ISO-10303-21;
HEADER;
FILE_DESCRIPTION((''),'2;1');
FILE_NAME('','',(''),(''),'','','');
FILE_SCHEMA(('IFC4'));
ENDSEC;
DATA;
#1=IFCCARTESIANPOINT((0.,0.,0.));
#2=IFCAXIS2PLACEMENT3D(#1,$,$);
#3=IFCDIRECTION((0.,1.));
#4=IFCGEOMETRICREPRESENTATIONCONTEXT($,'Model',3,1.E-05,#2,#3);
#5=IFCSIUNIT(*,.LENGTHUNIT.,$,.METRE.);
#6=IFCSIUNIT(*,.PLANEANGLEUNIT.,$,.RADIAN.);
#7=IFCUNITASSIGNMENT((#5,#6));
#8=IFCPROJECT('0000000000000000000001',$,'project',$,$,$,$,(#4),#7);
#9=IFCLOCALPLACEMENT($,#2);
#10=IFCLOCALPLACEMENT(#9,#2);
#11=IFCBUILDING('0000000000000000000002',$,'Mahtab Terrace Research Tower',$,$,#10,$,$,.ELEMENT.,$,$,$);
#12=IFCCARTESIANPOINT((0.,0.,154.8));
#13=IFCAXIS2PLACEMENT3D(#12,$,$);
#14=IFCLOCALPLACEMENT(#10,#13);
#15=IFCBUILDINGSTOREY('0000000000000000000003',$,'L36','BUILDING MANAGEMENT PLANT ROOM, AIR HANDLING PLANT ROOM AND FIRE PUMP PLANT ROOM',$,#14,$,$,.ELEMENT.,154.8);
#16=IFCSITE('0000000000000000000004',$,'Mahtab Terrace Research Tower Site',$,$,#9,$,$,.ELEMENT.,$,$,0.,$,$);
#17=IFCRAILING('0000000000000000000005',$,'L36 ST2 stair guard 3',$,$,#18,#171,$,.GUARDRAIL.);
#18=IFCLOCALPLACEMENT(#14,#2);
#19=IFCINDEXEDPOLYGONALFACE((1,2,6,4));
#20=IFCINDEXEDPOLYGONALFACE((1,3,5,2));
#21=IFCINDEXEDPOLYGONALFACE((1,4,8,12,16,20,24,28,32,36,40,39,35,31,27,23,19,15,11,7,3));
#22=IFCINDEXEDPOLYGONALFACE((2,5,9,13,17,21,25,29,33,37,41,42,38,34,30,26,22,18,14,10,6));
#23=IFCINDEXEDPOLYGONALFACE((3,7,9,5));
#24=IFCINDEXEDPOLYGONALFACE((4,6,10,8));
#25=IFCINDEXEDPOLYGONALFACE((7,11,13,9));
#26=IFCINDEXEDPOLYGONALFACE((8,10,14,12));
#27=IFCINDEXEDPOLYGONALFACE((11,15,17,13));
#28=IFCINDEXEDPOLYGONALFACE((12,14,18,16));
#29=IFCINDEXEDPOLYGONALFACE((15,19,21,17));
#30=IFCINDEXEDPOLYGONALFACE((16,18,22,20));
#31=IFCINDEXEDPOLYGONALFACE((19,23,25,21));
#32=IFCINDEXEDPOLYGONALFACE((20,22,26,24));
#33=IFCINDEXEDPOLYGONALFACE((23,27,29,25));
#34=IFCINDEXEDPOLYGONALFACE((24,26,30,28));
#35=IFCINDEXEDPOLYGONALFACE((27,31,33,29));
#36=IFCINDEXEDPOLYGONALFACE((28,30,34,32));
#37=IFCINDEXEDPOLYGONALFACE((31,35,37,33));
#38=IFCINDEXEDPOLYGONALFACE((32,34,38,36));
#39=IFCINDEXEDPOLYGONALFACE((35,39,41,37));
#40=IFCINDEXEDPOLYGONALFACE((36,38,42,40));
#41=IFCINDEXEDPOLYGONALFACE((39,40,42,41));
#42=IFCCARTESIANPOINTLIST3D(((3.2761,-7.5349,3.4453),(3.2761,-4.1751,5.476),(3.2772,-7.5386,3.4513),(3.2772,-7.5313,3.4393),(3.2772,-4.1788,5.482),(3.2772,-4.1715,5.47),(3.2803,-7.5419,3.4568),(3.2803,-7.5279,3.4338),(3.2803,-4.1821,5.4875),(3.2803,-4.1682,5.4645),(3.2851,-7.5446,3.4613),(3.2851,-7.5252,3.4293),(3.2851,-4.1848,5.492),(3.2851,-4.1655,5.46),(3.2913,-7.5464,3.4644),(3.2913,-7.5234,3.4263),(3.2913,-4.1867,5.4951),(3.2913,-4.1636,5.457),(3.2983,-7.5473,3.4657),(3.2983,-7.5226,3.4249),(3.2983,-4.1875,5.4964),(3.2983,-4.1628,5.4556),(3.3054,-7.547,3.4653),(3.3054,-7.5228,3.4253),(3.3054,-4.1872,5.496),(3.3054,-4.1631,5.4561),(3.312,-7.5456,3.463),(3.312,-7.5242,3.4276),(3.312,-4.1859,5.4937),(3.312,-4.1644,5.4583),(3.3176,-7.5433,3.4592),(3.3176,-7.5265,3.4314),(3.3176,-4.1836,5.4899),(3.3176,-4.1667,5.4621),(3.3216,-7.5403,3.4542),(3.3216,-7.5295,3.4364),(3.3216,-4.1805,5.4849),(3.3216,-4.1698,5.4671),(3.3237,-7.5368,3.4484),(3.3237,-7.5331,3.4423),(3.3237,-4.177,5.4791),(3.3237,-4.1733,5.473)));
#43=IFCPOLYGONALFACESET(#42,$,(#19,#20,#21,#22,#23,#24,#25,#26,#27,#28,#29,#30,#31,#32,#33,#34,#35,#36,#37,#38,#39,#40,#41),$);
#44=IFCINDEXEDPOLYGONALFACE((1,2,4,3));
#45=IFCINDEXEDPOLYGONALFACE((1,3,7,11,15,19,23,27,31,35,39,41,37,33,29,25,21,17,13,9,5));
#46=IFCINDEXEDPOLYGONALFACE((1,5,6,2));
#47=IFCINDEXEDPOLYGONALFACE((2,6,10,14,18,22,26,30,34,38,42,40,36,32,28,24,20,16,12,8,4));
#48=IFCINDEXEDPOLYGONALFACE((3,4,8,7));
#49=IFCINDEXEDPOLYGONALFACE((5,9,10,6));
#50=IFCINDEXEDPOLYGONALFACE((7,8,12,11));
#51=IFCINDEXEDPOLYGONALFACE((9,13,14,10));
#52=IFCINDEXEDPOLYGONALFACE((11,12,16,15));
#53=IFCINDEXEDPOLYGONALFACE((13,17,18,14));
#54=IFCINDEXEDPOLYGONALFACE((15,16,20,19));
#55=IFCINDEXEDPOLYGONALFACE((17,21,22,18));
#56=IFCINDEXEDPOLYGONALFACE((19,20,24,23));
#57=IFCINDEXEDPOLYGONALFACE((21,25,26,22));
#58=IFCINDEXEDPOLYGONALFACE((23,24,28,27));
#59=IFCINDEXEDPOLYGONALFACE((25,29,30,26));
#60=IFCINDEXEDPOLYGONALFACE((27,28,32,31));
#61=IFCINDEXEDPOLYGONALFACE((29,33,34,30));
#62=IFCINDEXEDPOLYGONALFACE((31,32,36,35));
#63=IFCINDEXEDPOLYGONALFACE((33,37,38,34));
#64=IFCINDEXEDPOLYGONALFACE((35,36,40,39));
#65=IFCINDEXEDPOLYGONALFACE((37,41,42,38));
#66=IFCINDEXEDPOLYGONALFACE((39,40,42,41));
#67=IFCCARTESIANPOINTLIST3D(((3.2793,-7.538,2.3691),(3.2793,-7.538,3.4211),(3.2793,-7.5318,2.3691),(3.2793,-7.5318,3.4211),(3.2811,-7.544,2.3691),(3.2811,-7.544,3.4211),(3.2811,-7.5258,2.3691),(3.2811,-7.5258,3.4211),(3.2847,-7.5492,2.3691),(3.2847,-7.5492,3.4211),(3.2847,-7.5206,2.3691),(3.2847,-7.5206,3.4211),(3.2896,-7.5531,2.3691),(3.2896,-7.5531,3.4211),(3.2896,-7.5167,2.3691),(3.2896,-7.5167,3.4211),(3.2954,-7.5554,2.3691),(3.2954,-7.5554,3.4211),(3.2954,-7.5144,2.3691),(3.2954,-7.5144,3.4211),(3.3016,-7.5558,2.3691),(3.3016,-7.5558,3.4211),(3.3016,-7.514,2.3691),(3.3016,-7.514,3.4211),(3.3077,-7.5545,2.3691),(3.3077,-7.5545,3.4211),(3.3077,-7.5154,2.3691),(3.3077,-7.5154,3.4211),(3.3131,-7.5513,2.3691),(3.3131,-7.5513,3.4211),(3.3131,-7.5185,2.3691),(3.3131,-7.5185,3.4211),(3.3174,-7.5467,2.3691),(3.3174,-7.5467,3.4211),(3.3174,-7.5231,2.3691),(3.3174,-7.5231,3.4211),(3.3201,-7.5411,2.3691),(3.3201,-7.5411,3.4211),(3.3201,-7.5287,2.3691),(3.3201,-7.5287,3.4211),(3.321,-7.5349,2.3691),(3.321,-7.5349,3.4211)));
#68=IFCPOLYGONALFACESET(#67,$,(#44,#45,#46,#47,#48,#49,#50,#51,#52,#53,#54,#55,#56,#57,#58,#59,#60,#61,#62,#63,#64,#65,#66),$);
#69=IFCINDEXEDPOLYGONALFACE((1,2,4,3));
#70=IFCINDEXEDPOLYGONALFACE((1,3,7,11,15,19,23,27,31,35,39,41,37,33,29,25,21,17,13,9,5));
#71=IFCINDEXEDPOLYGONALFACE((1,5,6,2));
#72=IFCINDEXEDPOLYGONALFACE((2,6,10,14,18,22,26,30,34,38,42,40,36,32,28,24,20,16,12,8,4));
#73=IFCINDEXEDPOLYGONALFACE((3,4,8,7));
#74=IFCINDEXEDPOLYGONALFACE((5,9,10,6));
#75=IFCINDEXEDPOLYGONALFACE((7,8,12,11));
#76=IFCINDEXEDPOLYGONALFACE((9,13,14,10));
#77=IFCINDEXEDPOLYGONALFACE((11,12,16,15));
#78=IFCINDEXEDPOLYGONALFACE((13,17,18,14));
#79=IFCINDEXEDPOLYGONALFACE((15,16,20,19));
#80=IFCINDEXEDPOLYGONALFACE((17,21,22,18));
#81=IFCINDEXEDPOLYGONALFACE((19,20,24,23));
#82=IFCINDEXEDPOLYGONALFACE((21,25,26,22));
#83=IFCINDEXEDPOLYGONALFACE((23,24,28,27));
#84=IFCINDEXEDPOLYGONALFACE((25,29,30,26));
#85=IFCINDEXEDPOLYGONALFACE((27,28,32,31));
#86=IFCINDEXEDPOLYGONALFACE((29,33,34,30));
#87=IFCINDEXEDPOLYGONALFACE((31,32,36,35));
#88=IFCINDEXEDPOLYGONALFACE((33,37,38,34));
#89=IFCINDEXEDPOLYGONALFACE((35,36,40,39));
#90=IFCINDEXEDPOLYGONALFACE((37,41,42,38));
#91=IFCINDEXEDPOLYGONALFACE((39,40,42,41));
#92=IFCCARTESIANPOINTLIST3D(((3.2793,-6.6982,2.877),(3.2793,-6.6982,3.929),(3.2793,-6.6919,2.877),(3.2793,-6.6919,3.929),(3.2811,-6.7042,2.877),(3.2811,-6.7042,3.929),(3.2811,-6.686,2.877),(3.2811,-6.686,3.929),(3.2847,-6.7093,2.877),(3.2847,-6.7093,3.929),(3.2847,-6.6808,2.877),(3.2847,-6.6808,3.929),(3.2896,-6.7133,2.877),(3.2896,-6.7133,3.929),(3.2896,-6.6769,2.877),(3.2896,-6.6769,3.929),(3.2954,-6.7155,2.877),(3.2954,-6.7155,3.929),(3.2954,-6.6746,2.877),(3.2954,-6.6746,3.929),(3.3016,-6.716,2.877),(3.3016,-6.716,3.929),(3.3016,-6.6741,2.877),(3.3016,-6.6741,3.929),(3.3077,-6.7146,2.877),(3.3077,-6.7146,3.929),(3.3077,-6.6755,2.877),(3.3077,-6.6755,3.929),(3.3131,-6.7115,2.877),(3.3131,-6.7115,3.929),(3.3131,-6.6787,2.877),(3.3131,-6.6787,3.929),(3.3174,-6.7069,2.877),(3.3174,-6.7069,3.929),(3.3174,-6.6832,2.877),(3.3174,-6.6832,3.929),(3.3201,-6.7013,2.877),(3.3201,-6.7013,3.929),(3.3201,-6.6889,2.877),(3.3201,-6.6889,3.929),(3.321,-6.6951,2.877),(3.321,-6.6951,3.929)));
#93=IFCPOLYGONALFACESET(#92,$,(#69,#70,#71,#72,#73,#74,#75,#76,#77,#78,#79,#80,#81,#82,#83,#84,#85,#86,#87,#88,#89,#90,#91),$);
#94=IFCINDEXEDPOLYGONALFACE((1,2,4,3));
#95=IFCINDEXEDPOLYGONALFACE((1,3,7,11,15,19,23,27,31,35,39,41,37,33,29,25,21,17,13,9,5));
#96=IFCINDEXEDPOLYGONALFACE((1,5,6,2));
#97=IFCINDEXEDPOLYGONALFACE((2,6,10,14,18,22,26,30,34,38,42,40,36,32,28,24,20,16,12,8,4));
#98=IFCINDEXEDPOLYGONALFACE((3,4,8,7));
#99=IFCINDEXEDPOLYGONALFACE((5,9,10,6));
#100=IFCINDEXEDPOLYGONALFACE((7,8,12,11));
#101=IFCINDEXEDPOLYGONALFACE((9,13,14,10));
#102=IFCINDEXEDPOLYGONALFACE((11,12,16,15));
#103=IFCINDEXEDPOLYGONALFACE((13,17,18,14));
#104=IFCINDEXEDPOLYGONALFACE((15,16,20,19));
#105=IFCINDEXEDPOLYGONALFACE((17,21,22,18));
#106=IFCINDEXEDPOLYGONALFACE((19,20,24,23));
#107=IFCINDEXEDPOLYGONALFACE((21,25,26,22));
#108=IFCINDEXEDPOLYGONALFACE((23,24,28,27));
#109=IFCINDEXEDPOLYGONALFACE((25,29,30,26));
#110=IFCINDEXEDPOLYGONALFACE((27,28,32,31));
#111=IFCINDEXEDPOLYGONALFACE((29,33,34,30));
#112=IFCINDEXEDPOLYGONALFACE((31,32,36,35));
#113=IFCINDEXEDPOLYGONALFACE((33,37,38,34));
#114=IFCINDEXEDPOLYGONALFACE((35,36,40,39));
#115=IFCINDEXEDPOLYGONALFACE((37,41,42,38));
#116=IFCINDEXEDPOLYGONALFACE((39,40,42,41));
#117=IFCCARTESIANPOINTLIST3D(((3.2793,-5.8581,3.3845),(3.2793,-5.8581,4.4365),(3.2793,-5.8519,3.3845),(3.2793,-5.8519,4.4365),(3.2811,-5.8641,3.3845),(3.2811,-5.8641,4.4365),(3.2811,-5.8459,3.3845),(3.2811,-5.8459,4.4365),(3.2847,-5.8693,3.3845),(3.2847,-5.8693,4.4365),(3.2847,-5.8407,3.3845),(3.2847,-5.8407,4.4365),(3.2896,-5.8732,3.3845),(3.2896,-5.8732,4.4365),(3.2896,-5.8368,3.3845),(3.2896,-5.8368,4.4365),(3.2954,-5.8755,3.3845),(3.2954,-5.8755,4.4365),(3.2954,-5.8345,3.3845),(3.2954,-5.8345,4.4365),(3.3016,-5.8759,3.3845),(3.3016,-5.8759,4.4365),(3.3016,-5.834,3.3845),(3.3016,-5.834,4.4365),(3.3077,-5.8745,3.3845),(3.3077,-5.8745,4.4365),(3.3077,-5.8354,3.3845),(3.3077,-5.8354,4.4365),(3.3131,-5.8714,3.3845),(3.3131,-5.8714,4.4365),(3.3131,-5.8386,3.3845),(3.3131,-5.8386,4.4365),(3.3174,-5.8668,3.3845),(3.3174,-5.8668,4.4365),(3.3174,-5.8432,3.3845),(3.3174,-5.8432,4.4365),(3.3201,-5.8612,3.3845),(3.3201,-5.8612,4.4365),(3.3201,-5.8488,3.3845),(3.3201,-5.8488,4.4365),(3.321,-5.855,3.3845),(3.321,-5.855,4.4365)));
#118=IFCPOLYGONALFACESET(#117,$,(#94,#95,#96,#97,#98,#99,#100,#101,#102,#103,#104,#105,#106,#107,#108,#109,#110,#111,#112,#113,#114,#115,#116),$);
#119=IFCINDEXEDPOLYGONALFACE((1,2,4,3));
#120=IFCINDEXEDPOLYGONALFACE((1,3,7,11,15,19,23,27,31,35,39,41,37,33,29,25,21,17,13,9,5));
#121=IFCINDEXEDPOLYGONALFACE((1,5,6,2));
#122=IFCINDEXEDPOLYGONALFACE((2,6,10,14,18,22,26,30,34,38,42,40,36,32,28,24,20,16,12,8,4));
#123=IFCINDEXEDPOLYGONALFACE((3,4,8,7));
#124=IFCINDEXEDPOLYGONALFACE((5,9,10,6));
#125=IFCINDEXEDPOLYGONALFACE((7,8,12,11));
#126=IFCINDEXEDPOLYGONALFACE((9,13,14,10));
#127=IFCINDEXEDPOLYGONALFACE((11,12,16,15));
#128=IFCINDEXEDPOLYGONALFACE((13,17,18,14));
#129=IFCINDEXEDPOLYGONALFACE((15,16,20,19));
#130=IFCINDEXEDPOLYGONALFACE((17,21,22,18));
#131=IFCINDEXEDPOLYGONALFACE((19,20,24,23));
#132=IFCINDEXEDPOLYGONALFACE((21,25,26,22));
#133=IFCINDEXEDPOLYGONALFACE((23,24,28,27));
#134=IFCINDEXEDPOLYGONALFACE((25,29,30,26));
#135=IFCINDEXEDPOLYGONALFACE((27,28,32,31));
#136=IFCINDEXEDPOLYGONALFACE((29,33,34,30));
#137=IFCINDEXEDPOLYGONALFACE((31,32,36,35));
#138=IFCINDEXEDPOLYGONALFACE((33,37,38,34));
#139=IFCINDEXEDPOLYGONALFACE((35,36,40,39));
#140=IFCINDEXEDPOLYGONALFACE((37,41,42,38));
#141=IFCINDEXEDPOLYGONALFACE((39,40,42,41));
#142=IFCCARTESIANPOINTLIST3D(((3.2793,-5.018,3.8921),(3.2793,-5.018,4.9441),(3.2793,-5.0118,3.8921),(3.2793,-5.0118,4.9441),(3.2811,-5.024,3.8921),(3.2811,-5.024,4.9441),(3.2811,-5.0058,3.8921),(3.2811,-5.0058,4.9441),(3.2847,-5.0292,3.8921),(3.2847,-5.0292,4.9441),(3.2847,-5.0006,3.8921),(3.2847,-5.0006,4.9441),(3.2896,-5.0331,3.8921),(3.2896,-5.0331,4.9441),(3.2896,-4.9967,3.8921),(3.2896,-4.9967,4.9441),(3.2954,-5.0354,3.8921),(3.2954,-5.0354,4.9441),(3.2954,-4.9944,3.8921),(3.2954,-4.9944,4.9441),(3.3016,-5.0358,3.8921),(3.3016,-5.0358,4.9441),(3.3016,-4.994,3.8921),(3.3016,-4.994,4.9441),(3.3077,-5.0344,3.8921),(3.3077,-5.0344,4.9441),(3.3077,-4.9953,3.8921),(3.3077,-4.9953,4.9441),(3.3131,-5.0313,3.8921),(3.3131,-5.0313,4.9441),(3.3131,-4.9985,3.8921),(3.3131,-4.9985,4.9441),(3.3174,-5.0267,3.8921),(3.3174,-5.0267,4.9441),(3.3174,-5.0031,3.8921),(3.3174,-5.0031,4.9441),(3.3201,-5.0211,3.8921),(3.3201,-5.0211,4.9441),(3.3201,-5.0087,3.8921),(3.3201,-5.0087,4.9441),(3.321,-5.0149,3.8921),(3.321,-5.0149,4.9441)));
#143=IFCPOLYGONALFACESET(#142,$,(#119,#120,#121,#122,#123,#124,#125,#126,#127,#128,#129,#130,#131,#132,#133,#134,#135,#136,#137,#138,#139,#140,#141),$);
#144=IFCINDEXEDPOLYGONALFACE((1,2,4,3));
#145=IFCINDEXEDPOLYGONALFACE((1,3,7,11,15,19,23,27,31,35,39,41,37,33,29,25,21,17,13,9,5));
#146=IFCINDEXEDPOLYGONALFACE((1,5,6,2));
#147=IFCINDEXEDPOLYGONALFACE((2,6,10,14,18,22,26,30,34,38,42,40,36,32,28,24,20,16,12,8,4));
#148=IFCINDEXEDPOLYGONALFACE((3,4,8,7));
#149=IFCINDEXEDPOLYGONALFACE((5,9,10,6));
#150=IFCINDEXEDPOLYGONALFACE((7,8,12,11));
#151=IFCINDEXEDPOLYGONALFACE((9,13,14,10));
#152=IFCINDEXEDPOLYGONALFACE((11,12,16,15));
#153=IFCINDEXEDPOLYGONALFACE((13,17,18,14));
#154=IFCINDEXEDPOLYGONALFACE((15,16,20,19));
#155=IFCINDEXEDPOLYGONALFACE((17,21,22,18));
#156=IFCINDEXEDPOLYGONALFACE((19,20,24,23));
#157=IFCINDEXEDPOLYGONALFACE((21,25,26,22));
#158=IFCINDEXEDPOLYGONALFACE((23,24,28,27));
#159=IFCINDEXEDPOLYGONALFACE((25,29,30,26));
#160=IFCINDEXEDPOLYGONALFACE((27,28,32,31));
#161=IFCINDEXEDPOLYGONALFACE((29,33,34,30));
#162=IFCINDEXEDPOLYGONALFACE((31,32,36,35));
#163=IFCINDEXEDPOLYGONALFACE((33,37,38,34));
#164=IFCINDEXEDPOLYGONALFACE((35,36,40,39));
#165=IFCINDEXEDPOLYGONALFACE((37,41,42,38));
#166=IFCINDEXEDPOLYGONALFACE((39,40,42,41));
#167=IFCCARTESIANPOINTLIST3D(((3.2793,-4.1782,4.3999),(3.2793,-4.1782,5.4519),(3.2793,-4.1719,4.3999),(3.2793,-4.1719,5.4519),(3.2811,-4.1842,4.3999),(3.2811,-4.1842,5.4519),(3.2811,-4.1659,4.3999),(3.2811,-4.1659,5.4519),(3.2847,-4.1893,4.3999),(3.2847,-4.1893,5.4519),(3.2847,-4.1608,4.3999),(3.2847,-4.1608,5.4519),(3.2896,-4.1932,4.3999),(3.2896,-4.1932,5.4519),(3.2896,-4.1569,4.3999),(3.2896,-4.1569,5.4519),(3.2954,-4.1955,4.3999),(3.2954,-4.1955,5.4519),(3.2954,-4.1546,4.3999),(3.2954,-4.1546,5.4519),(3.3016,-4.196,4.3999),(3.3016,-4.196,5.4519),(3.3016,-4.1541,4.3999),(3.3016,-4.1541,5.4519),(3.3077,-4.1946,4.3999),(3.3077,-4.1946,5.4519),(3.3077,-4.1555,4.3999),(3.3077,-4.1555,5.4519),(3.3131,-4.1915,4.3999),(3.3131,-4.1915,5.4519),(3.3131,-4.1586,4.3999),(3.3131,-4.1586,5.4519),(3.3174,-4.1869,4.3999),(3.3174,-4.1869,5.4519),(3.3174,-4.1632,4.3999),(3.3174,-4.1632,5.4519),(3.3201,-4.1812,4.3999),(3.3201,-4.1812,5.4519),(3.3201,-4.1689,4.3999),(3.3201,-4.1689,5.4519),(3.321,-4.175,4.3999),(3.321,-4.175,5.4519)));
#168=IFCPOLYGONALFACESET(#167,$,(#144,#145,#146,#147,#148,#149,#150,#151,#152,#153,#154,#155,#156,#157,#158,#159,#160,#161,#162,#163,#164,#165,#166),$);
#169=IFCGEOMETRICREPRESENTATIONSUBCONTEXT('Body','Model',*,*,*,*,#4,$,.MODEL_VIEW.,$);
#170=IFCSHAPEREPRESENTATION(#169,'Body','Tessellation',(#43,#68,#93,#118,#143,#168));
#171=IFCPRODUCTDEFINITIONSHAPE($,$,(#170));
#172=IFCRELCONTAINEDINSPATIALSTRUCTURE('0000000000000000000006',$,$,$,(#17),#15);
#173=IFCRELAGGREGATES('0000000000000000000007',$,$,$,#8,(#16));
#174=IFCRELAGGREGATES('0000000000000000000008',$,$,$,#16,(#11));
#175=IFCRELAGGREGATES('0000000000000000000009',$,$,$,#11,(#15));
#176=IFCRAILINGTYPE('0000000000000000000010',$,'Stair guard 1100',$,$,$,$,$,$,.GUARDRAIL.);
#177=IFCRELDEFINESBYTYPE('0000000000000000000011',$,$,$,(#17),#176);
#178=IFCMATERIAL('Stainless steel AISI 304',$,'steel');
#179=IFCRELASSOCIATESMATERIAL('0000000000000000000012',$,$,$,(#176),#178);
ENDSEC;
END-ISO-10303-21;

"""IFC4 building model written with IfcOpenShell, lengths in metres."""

from ifc_helpers import new_model, si_unit, direction, frame, origin, origin_2d, place, context, subcontext, project, spatial, circle, extrude, material, type_object, element, save


model = new_model("IFC4")

# Units and contexts
model_context = context("Model", 3, precision=1e-05, world=origin(), true_north=direction((0.0, 1.0)))
body_context = subcontext(model_context, "Body", "Model", "MODEL_VIEW")
ifc_project = project(units=[si_unit("LENGTHUNIT", "METRE"), si_unit("PLANEANGLEUNIT", "RADIAN")], contexts=[model_context])

# Site, building, storey
site_placement = place(None, origin())
site = spatial("IfcSite", under=ifc_project, at=site_placement, Name="Mahtab Terrace Research Tower Site", CompositionType="ELEMENT", RefElevation=0.0)
building_placement = place(site_placement, origin())
building = spatial("IfcBuilding", under=site, at=building_placement, Name="Mahtab Terrace Research Tower", CompositionType="ELEMENT")
storey_placement = place(building_placement, frame((0.0, 0.0, 154.8)))
storey = spatial("IfcBuildingStorey", under=building, at=storey_placement, Name="L36", Description="BUILDING MANAGEMENT PLANT ROOM, AIR HANDLING PLANT ROOM AND FIRE PUMP PLANT ROOM", CompositionType="ELEMENT", Elevation=154.8)

# Railing
ifc_material_1 = material(Name="Stainless steel AISI 304", Category="steel")
railing_type_1 = type_object("IfcRailingType", Name="Stair guard 1100", PredefinedType="GUARDRAIL", material=ifc_material_1)
railing_1_placement = place(storey_placement, frame((3.3, -7.5349, 2.3691)))
element("IfcRailing", 1, at=railing_1_placement, inside=storey, type_object=railing_type_1, Name="L36 ST2 stair guard 3", PredefinedType="GUARDRAIL", context=body_context, shape_type="SweptSolid", body=[
    extrude(circle(Radius=0.0239, at=origin_2d()), frame((0.0, 0.0, 1.0762), z_axis=(0.0, 0.85582, 0.517273), x_axis=(-1.0, 0.0, 0.0)), (0.0, 0.0, 1.0), 3.9258),
    extrude(circle(Radius=0.021, at=origin_2d()), origin(), (0.0, 0.0, 1.0), 1.052),
    extrude(circle(Radius=0.021, at=origin_2d()), frame((0.0, 0.8398, 0.5078)), (0.0, 0.0, 1.0), 1.052),
    extrude(circle(Radius=0.021, at=origin_2d()), frame((0.0, 1.6799, 1.0154)), (0.0, 0.0, 1.0), 1.052),
    extrude(circle(Radius=0.021, at=origin_2d()), frame((0.0, 2.52, 1.5229)), (0.0, 0.0, 1.0), 1.052),
    extrude(circle(Radius=0.021, at=origin_2d()), frame((0.0, 3.3599, 2.0308)), (0.0, 0.0, 1.0), 1.052),
])

save(model, "model.ifc")
